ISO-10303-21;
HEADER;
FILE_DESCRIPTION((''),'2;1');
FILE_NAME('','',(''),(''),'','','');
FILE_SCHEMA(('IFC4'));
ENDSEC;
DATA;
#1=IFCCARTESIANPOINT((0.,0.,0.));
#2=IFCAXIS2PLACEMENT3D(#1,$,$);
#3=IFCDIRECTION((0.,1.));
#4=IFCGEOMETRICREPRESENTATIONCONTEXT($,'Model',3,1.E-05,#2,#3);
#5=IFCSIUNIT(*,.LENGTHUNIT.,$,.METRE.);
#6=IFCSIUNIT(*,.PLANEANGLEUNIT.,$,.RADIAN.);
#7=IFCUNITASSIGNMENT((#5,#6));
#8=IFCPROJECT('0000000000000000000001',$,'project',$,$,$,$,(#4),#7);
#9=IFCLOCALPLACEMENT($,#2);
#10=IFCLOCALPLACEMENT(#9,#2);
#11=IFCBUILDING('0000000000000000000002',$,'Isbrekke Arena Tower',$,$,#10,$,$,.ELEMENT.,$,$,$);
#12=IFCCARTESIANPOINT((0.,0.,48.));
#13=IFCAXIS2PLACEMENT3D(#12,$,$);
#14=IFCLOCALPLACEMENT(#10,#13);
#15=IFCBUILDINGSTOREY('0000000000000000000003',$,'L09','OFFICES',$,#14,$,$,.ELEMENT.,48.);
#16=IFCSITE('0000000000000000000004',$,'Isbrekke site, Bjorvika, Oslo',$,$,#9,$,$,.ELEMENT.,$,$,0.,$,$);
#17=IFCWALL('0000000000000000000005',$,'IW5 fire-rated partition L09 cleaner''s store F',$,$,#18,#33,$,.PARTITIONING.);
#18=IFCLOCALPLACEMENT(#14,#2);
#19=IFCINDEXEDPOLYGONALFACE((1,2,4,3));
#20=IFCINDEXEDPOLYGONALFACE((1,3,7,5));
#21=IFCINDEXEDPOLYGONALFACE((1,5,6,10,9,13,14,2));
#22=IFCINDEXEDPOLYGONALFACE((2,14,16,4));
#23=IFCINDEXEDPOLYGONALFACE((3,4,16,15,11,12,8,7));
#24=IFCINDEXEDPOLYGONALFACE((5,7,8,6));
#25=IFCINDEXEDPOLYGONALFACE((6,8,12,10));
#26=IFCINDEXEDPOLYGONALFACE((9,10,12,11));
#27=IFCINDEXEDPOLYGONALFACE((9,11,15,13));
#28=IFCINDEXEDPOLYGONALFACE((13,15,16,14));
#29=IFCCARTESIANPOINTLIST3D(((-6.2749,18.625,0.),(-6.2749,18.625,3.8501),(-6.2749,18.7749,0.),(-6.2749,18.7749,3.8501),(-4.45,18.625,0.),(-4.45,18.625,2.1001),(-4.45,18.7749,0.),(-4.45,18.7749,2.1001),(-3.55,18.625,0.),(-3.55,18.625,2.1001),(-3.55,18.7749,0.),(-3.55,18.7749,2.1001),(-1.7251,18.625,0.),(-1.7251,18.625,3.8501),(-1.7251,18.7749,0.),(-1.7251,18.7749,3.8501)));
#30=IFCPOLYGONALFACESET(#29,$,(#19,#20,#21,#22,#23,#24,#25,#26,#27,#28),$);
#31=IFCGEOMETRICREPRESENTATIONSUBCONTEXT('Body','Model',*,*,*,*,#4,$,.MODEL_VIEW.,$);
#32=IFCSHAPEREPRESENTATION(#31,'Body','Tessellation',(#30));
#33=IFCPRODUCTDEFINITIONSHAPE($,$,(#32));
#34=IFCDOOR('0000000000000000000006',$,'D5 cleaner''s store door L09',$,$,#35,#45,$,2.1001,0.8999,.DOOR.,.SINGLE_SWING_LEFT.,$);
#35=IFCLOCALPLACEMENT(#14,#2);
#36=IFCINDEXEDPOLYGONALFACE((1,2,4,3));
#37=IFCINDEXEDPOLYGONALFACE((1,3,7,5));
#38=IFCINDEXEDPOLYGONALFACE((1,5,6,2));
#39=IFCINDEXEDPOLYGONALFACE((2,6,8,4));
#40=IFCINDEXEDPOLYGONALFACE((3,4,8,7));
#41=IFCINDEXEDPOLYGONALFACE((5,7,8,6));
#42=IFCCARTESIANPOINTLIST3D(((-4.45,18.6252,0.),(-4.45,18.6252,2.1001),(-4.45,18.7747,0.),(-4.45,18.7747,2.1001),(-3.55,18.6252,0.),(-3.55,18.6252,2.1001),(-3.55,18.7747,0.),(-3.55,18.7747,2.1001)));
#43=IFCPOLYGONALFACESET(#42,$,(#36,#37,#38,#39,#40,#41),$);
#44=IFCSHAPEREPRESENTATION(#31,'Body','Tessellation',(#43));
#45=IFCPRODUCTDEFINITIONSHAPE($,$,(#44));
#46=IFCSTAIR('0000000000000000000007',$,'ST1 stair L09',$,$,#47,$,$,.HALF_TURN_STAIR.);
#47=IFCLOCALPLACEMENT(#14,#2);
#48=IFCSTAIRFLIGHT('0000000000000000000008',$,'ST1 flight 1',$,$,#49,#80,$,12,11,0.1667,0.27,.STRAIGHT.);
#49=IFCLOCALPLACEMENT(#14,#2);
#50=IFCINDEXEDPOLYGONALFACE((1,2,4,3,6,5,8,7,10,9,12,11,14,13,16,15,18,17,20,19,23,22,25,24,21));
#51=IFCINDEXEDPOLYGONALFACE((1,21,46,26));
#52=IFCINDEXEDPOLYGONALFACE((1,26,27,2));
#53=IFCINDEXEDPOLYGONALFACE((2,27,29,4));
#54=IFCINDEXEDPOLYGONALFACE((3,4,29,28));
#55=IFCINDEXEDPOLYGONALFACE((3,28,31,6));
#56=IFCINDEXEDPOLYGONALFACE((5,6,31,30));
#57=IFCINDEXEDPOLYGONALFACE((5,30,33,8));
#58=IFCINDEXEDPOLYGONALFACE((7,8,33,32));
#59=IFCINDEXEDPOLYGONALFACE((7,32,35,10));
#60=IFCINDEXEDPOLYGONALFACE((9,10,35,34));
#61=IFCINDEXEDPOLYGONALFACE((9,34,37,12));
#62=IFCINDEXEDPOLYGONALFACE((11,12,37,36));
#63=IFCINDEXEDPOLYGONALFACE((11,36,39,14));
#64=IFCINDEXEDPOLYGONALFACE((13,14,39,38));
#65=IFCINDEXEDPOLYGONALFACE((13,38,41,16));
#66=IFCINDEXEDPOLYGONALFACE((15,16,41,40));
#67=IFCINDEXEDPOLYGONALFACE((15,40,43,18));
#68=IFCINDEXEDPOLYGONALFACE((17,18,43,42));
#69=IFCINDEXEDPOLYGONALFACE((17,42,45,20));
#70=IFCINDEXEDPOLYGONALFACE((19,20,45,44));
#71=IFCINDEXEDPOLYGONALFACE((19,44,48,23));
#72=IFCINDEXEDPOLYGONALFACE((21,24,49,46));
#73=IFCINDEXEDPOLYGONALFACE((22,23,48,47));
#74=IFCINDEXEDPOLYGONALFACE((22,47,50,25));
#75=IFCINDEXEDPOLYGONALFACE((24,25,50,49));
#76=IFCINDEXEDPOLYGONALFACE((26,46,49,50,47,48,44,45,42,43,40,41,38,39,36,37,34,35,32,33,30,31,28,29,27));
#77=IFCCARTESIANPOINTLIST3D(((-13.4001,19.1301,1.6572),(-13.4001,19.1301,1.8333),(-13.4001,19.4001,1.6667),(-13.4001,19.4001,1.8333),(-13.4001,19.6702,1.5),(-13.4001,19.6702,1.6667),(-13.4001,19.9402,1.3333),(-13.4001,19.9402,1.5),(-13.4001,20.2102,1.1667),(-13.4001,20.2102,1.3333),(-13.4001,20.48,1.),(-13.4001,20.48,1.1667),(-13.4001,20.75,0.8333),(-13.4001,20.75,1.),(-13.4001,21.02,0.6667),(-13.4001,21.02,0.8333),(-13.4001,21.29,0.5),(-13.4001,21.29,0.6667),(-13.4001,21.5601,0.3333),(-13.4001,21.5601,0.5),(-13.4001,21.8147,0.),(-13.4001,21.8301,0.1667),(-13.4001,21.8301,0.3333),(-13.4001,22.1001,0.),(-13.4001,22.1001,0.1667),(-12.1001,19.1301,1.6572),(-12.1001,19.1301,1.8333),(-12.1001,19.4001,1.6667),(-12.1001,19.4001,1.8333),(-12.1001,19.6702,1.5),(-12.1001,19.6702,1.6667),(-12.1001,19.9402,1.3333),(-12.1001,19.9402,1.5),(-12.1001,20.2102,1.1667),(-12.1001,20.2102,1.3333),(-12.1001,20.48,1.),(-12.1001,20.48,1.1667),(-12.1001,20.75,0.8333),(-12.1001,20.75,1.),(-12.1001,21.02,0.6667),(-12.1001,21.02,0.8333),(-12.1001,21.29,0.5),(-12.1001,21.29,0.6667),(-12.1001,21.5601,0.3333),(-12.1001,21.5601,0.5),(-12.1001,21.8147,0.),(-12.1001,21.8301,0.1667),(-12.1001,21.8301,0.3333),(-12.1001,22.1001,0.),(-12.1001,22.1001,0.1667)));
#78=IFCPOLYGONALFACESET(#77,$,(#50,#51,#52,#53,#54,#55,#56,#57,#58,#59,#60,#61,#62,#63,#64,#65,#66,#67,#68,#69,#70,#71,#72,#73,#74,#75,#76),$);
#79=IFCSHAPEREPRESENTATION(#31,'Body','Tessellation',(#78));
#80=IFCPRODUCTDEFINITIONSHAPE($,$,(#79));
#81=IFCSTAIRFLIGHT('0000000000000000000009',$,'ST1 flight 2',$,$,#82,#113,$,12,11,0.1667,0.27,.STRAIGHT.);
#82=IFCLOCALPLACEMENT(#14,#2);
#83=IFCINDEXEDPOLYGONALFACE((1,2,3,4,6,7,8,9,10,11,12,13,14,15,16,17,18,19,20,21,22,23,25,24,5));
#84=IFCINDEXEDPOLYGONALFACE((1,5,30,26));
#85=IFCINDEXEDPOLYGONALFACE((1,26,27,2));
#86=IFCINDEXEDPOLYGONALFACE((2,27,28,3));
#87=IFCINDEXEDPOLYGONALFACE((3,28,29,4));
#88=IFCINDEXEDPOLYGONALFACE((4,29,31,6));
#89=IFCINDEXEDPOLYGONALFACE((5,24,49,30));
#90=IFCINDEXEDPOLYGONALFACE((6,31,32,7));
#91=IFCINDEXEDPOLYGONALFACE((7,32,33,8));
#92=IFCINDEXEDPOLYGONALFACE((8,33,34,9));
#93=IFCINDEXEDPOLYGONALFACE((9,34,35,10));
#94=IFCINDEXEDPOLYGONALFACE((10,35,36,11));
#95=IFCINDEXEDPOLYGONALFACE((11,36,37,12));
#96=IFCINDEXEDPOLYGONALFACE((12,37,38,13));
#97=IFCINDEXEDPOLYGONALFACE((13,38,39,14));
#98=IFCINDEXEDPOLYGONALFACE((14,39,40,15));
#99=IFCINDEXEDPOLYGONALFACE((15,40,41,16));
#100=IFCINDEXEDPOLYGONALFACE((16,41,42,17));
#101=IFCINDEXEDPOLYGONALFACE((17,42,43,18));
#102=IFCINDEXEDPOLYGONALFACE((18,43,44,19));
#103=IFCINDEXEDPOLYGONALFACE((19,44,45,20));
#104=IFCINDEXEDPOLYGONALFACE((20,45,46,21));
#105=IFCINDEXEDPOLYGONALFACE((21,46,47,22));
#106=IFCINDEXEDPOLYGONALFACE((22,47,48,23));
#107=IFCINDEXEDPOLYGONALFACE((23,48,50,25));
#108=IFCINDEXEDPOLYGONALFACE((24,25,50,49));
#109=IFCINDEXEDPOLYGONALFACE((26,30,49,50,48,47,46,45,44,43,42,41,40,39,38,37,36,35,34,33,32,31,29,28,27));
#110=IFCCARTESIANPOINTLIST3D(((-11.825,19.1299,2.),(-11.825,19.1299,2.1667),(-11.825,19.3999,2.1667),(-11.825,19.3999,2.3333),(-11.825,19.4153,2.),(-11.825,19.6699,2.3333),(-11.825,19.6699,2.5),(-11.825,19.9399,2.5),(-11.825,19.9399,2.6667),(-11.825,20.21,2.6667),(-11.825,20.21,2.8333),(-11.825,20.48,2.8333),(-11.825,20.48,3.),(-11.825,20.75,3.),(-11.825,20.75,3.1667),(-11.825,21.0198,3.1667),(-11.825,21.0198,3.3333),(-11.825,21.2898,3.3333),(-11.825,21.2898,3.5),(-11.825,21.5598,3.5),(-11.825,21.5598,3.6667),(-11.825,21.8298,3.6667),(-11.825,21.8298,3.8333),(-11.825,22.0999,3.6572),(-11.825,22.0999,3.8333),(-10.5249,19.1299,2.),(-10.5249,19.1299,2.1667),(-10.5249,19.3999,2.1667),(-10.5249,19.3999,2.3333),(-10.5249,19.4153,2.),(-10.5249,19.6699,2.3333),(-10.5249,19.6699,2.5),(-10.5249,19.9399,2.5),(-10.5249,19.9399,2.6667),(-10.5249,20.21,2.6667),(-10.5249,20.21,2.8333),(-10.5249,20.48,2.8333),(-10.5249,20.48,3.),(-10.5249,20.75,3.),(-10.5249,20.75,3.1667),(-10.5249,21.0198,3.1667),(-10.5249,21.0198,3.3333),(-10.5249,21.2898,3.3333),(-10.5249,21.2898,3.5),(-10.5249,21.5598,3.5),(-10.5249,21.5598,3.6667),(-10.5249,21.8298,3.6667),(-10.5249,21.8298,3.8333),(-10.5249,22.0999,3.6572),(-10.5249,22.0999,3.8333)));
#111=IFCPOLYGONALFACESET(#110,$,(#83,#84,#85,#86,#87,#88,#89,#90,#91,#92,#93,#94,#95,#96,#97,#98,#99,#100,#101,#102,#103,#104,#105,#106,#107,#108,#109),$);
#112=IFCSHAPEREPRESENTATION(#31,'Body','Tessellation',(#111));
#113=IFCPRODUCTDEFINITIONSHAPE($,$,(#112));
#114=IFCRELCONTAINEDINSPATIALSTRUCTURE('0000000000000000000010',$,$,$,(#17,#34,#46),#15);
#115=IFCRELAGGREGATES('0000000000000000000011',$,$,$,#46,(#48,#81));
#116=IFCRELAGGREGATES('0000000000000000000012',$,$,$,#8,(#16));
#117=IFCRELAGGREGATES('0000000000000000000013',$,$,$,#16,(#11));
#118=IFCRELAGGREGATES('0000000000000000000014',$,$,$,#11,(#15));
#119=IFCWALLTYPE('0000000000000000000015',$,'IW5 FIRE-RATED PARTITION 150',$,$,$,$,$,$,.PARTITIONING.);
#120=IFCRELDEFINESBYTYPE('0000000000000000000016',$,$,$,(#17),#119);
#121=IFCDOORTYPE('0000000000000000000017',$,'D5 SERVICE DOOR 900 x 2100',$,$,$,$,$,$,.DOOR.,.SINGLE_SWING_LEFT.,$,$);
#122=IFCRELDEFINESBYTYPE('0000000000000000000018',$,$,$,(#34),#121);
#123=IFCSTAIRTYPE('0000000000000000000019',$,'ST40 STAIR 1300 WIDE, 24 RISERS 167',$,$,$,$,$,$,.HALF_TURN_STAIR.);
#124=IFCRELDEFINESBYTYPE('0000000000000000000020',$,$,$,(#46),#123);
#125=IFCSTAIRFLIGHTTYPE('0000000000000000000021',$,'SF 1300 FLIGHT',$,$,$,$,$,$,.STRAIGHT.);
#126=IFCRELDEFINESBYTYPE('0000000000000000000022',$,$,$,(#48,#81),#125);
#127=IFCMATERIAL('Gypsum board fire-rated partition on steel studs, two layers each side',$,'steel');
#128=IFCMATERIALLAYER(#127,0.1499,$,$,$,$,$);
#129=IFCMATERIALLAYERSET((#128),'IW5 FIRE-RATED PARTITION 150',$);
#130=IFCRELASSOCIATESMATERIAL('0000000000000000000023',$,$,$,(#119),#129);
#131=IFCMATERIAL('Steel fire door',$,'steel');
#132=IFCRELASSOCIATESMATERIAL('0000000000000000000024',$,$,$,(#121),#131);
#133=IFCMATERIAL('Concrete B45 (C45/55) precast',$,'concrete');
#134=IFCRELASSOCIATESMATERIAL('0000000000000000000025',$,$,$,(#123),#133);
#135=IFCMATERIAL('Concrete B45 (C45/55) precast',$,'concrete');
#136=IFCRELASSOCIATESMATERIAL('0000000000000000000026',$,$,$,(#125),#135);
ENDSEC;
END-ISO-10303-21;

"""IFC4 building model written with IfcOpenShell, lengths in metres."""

from ifc_helpers import new_model, si_unit, direction, frame, frame_2d, origin, place, context, subcontext, project, spatial, polyline, rectangle, outline, extrude, material, layer, layer_set, type_object, element, fill, aggregate, save


model = new_model("IFC4")

# Units and contexts
model_context = context("Model", 3, precision=1e-05, world=origin(), true_north=direction((0.0, 1.0)))
body_context = subcontext(model_context, "Body", "Model", "MODEL_VIEW")
ifc_project = project(units=[si_unit("LENGTHUNIT", "METRE"), si_unit("PLANEANGLEUNIT", "RADIAN")], contexts=[model_context])

# Site, building, storey
site_placement = place(None, origin())
site = spatial("IfcSite", under=ifc_project, at=site_placement, Name="Isbrekke site, Bjorvika, Oslo", CompositionType="ELEMENT", RefElevation=0.0)
building_placement = place(site_placement, origin())
building = spatial("IfcBuilding", under=site, at=building_placement, Name="Isbrekke Arena Tower", CompositionType="ELEMENT")
storey_placement = place(building_placement, frame((0.0, 0.0, 48.0)))
storey = spatial("IfcBuildingStorey", under=building, at=storey_placement, Name="L09", Description="OFFICES", CompositionType="ELEMENT", Elevation=48.0)

# Wall, opening, door
ifc_material_1 = material(Name="Gypsum board fire-rated partition on steel studs, two layers each side", Category="steel")
ifc_layer_1 = layer(ifc_material_1, 0.1499)
ifc_layer_set_1 = layer_set([ifc_layer_1], Name="IW5 FIRE-RATED PARTITION 150")
wall_type_1 = type_object("IfcWallType", Name="IW5 FIRE-RATED PARTITION 150", PredefinedType="PARTITIONING", material=ifc_layer_set_1)
wall_1_placement = place(storey_placement, frame((-6.2749, 18.7, 0.0), z_axis=(0.0, 0.0, 1.0), x_axis=(1.0, 0.0, 0.0)))
wall_1 = element("IfcWall", 1, at=wall_1_placement, inside=storey, type_object=wall_type_1, Name="IW5 fire-rated partition L09 cleaner's store F", PredefinedType="PARTITIONING", context=body_context, shape_type="SweptSolid", body=[
    extrude(rectangle(XDim=4.5498, YDim=0.1499, at=frame_2d((2.2749, 0.0))), origin(), (0.0, 0.0, 1.0), 3.8501),
])
opening_1_placement = place(wall_1_placement, frame((1.825, 0.0, 0.0)))
opening_1 = element("IfcOpeningElement", 2, at=opening_1_placement, cuts=wall_1, PredefinedType="OPENING", context=body_context, shape_type="SweptSolid", body=[
    extrude(rectangle(XDim=0.8999, YDim=2.1001, at=frame_2d((0.45, 1.05))), frame((0.0, 0.0898, 0.0), z_axis=(0.0, -1.0, 0.0), x_axis=(1.0, 0.0, 0.0)), (0.0, 0.0, 1.0), 0.1797),
])
ifc_material_2 = material(Name="Steel fire door", Category="steel")
door_type_1 = type_object("IfcDoorType", Name="D5 SERVICE DOOR 900 x 2100", OperationType="SINGLE_SWING_LEFT", PredefinedType="DOOR", material=ifc_material_2)
door_1_placement = place(opening_1_placement, origin())
door_1 = element("IfcDoor", 3, at=door_1_placement, inside=storey, type_object=door_type_1, Name="D5 cleaner's store door L09", OperationType="SINGLE_SWING_LEFT", OverallHeight=2.1001, OverallWidth=0.8999, PredefinedType="DOOR", context=body_context, shape_type="SweptSolid", body=[
    extrude(rectangle(XDim=0.8999, YDim=2.1001, at=frame_2d((0.45, 1.05))), frame((0.0, 0.0747, 0.0), z_axis=(0.0, -1.0, 0.0), x_axis=(1.0, 0.0, 0.0)), (0.0, 0.0, 1.0), 0.1494),
])
fill(opening_1, door_1)

# Stair, stair flights
ifc_material_3 = material(Name="Concrete B45 (C45/55) precast", Category="concrete")
stair_type = type_object("IfcStairType", Name="ST40 STAIR 1300 WIDE, 24 RISERS 167", PredefinedType="HALF_TURN_STAIR", material=ifc_material_3)
stair_placement = place(storey_placement, origin())
stair = element("IfcStair", 4, at=stair_placement, inside=storey, type_object=stair_type, Name="ST1 stair L09", PredefinedType="HALF_TURN_STAIR")
ifc_material_4 = material(Name="Concrete B45 (C45/55) precast", Category="concrete")
stair_flight_type = type_object("IfcStairFlightType", Name="SF 1300 FLIGHT", PredefinedType="STRAIGHT", material=ifc_material_4)
stair_flight_1_placement = place(storey_placement, frame((-12.75, 22.1001, 0.0), z_axis=(0.0, 0.0, 1.0), x_axis=(0.0, -1.0, 0.0)))
stair_flight_1 = element("IfcStairFlight", 5, at=stair_flight_1_placement, type_object=stair_flight_type, Name="ST1 flight 1", NumberOfRisers=12, NumberOfTreads=11, PredefinedType="STRAIGHT", RiserHeight=0.1667, TreadLength=0.27, context=body_context, shape_type="SweptSolid", body=[
    extrude(outline(polyline([(0.0, 0.0), (0.0, 0.1667), (0.27, 0.1667), (0.27, 0.3333), (0.54, 0.3333), (0.54, 0.5), (0.8101, 0.5), (0.8101, 0.6667), (1.0801, 0.6667), (1.0801, 0.8333), (1.3501, 0.8333), (1.3501, 1.0), (1.6201, 1.0), (1.6201, 1.1667), (1.8899, 1.1667), (1.8899, 1.3333), (2.1599, 1.3333), (2.1599, 1.5), (2.4299, 1.5), (2.4299, 1.6667), (2.7, 1.6667), (2.7, 1.8333), (2.97, 1.8333), (2.97, 2.0), (2.97, 1.6572), (0.2854, 0.0), (0.0, 0.0)])), frame((0.0, 0.6499, 0.0), z_axis=(0.0, -1.0, 0.0), x_axis=(1.0, 0.0, 0.0)), (0.0, 0.0, 1.0), 1.3),
])
stair_flight_2_placement = place(storey_placement, frame((-11.175, 19.1299, 2.0), z_axis=(0.0, 0.0, 1.0), x_axis=(0.0, 1.0, 0.0)))
stair_flight_2 = element("IfcStairFlight", 6, at=stair_flight_2_placement, type_object=stair_flight_type, Name="ST1 flight 2", NumberOfRisers=12, NumberOfTreads=11, PredefinedType="STRAIGHT", RiserHeight=0.1667, TreadLength=0.27, context=body_context, shape_type="SweptSolid", body=[
    extrude(outline(polyline([(0.0, 0.0), (0.0, 0.1667), (0.27, 0.1667), (0.27, 0.3333), (0.54, 0.3333), (0.54, 0.5), (0.8101, 0.5), (0.8101, 0.6667), (1.0801, 0.6667), (1.0801, 0.8333), (1.3501, 0.8333), (1.3501, 1.0), (1.6201, 1.0), (1.6201, 1.1667), (1.8899, 1.1667), (1.8899, 1.3333), (2.1599, 1.3333), (2.1599, 1.5), (2.4299, 1.5), (2.4299, 1.6667), (2.7, 1.6667), (2.7, 1.8333), (2.97, 1.8333), (2.97, 2.0), (2.97, 1.6572), (0.2854, 0.0), (0.0, 0.0)])), frame((0.0, 0.6499, 0.0), z_axis=(0.0, -1.0, 0.0), x_axis=(1.0, 0.0, 0.0)), (0.0, 0.0, 1.0), 1.3),
])
aggregate(stair, [stair_flight_1, stair_flight_2])

save(model, "model.ifc")
